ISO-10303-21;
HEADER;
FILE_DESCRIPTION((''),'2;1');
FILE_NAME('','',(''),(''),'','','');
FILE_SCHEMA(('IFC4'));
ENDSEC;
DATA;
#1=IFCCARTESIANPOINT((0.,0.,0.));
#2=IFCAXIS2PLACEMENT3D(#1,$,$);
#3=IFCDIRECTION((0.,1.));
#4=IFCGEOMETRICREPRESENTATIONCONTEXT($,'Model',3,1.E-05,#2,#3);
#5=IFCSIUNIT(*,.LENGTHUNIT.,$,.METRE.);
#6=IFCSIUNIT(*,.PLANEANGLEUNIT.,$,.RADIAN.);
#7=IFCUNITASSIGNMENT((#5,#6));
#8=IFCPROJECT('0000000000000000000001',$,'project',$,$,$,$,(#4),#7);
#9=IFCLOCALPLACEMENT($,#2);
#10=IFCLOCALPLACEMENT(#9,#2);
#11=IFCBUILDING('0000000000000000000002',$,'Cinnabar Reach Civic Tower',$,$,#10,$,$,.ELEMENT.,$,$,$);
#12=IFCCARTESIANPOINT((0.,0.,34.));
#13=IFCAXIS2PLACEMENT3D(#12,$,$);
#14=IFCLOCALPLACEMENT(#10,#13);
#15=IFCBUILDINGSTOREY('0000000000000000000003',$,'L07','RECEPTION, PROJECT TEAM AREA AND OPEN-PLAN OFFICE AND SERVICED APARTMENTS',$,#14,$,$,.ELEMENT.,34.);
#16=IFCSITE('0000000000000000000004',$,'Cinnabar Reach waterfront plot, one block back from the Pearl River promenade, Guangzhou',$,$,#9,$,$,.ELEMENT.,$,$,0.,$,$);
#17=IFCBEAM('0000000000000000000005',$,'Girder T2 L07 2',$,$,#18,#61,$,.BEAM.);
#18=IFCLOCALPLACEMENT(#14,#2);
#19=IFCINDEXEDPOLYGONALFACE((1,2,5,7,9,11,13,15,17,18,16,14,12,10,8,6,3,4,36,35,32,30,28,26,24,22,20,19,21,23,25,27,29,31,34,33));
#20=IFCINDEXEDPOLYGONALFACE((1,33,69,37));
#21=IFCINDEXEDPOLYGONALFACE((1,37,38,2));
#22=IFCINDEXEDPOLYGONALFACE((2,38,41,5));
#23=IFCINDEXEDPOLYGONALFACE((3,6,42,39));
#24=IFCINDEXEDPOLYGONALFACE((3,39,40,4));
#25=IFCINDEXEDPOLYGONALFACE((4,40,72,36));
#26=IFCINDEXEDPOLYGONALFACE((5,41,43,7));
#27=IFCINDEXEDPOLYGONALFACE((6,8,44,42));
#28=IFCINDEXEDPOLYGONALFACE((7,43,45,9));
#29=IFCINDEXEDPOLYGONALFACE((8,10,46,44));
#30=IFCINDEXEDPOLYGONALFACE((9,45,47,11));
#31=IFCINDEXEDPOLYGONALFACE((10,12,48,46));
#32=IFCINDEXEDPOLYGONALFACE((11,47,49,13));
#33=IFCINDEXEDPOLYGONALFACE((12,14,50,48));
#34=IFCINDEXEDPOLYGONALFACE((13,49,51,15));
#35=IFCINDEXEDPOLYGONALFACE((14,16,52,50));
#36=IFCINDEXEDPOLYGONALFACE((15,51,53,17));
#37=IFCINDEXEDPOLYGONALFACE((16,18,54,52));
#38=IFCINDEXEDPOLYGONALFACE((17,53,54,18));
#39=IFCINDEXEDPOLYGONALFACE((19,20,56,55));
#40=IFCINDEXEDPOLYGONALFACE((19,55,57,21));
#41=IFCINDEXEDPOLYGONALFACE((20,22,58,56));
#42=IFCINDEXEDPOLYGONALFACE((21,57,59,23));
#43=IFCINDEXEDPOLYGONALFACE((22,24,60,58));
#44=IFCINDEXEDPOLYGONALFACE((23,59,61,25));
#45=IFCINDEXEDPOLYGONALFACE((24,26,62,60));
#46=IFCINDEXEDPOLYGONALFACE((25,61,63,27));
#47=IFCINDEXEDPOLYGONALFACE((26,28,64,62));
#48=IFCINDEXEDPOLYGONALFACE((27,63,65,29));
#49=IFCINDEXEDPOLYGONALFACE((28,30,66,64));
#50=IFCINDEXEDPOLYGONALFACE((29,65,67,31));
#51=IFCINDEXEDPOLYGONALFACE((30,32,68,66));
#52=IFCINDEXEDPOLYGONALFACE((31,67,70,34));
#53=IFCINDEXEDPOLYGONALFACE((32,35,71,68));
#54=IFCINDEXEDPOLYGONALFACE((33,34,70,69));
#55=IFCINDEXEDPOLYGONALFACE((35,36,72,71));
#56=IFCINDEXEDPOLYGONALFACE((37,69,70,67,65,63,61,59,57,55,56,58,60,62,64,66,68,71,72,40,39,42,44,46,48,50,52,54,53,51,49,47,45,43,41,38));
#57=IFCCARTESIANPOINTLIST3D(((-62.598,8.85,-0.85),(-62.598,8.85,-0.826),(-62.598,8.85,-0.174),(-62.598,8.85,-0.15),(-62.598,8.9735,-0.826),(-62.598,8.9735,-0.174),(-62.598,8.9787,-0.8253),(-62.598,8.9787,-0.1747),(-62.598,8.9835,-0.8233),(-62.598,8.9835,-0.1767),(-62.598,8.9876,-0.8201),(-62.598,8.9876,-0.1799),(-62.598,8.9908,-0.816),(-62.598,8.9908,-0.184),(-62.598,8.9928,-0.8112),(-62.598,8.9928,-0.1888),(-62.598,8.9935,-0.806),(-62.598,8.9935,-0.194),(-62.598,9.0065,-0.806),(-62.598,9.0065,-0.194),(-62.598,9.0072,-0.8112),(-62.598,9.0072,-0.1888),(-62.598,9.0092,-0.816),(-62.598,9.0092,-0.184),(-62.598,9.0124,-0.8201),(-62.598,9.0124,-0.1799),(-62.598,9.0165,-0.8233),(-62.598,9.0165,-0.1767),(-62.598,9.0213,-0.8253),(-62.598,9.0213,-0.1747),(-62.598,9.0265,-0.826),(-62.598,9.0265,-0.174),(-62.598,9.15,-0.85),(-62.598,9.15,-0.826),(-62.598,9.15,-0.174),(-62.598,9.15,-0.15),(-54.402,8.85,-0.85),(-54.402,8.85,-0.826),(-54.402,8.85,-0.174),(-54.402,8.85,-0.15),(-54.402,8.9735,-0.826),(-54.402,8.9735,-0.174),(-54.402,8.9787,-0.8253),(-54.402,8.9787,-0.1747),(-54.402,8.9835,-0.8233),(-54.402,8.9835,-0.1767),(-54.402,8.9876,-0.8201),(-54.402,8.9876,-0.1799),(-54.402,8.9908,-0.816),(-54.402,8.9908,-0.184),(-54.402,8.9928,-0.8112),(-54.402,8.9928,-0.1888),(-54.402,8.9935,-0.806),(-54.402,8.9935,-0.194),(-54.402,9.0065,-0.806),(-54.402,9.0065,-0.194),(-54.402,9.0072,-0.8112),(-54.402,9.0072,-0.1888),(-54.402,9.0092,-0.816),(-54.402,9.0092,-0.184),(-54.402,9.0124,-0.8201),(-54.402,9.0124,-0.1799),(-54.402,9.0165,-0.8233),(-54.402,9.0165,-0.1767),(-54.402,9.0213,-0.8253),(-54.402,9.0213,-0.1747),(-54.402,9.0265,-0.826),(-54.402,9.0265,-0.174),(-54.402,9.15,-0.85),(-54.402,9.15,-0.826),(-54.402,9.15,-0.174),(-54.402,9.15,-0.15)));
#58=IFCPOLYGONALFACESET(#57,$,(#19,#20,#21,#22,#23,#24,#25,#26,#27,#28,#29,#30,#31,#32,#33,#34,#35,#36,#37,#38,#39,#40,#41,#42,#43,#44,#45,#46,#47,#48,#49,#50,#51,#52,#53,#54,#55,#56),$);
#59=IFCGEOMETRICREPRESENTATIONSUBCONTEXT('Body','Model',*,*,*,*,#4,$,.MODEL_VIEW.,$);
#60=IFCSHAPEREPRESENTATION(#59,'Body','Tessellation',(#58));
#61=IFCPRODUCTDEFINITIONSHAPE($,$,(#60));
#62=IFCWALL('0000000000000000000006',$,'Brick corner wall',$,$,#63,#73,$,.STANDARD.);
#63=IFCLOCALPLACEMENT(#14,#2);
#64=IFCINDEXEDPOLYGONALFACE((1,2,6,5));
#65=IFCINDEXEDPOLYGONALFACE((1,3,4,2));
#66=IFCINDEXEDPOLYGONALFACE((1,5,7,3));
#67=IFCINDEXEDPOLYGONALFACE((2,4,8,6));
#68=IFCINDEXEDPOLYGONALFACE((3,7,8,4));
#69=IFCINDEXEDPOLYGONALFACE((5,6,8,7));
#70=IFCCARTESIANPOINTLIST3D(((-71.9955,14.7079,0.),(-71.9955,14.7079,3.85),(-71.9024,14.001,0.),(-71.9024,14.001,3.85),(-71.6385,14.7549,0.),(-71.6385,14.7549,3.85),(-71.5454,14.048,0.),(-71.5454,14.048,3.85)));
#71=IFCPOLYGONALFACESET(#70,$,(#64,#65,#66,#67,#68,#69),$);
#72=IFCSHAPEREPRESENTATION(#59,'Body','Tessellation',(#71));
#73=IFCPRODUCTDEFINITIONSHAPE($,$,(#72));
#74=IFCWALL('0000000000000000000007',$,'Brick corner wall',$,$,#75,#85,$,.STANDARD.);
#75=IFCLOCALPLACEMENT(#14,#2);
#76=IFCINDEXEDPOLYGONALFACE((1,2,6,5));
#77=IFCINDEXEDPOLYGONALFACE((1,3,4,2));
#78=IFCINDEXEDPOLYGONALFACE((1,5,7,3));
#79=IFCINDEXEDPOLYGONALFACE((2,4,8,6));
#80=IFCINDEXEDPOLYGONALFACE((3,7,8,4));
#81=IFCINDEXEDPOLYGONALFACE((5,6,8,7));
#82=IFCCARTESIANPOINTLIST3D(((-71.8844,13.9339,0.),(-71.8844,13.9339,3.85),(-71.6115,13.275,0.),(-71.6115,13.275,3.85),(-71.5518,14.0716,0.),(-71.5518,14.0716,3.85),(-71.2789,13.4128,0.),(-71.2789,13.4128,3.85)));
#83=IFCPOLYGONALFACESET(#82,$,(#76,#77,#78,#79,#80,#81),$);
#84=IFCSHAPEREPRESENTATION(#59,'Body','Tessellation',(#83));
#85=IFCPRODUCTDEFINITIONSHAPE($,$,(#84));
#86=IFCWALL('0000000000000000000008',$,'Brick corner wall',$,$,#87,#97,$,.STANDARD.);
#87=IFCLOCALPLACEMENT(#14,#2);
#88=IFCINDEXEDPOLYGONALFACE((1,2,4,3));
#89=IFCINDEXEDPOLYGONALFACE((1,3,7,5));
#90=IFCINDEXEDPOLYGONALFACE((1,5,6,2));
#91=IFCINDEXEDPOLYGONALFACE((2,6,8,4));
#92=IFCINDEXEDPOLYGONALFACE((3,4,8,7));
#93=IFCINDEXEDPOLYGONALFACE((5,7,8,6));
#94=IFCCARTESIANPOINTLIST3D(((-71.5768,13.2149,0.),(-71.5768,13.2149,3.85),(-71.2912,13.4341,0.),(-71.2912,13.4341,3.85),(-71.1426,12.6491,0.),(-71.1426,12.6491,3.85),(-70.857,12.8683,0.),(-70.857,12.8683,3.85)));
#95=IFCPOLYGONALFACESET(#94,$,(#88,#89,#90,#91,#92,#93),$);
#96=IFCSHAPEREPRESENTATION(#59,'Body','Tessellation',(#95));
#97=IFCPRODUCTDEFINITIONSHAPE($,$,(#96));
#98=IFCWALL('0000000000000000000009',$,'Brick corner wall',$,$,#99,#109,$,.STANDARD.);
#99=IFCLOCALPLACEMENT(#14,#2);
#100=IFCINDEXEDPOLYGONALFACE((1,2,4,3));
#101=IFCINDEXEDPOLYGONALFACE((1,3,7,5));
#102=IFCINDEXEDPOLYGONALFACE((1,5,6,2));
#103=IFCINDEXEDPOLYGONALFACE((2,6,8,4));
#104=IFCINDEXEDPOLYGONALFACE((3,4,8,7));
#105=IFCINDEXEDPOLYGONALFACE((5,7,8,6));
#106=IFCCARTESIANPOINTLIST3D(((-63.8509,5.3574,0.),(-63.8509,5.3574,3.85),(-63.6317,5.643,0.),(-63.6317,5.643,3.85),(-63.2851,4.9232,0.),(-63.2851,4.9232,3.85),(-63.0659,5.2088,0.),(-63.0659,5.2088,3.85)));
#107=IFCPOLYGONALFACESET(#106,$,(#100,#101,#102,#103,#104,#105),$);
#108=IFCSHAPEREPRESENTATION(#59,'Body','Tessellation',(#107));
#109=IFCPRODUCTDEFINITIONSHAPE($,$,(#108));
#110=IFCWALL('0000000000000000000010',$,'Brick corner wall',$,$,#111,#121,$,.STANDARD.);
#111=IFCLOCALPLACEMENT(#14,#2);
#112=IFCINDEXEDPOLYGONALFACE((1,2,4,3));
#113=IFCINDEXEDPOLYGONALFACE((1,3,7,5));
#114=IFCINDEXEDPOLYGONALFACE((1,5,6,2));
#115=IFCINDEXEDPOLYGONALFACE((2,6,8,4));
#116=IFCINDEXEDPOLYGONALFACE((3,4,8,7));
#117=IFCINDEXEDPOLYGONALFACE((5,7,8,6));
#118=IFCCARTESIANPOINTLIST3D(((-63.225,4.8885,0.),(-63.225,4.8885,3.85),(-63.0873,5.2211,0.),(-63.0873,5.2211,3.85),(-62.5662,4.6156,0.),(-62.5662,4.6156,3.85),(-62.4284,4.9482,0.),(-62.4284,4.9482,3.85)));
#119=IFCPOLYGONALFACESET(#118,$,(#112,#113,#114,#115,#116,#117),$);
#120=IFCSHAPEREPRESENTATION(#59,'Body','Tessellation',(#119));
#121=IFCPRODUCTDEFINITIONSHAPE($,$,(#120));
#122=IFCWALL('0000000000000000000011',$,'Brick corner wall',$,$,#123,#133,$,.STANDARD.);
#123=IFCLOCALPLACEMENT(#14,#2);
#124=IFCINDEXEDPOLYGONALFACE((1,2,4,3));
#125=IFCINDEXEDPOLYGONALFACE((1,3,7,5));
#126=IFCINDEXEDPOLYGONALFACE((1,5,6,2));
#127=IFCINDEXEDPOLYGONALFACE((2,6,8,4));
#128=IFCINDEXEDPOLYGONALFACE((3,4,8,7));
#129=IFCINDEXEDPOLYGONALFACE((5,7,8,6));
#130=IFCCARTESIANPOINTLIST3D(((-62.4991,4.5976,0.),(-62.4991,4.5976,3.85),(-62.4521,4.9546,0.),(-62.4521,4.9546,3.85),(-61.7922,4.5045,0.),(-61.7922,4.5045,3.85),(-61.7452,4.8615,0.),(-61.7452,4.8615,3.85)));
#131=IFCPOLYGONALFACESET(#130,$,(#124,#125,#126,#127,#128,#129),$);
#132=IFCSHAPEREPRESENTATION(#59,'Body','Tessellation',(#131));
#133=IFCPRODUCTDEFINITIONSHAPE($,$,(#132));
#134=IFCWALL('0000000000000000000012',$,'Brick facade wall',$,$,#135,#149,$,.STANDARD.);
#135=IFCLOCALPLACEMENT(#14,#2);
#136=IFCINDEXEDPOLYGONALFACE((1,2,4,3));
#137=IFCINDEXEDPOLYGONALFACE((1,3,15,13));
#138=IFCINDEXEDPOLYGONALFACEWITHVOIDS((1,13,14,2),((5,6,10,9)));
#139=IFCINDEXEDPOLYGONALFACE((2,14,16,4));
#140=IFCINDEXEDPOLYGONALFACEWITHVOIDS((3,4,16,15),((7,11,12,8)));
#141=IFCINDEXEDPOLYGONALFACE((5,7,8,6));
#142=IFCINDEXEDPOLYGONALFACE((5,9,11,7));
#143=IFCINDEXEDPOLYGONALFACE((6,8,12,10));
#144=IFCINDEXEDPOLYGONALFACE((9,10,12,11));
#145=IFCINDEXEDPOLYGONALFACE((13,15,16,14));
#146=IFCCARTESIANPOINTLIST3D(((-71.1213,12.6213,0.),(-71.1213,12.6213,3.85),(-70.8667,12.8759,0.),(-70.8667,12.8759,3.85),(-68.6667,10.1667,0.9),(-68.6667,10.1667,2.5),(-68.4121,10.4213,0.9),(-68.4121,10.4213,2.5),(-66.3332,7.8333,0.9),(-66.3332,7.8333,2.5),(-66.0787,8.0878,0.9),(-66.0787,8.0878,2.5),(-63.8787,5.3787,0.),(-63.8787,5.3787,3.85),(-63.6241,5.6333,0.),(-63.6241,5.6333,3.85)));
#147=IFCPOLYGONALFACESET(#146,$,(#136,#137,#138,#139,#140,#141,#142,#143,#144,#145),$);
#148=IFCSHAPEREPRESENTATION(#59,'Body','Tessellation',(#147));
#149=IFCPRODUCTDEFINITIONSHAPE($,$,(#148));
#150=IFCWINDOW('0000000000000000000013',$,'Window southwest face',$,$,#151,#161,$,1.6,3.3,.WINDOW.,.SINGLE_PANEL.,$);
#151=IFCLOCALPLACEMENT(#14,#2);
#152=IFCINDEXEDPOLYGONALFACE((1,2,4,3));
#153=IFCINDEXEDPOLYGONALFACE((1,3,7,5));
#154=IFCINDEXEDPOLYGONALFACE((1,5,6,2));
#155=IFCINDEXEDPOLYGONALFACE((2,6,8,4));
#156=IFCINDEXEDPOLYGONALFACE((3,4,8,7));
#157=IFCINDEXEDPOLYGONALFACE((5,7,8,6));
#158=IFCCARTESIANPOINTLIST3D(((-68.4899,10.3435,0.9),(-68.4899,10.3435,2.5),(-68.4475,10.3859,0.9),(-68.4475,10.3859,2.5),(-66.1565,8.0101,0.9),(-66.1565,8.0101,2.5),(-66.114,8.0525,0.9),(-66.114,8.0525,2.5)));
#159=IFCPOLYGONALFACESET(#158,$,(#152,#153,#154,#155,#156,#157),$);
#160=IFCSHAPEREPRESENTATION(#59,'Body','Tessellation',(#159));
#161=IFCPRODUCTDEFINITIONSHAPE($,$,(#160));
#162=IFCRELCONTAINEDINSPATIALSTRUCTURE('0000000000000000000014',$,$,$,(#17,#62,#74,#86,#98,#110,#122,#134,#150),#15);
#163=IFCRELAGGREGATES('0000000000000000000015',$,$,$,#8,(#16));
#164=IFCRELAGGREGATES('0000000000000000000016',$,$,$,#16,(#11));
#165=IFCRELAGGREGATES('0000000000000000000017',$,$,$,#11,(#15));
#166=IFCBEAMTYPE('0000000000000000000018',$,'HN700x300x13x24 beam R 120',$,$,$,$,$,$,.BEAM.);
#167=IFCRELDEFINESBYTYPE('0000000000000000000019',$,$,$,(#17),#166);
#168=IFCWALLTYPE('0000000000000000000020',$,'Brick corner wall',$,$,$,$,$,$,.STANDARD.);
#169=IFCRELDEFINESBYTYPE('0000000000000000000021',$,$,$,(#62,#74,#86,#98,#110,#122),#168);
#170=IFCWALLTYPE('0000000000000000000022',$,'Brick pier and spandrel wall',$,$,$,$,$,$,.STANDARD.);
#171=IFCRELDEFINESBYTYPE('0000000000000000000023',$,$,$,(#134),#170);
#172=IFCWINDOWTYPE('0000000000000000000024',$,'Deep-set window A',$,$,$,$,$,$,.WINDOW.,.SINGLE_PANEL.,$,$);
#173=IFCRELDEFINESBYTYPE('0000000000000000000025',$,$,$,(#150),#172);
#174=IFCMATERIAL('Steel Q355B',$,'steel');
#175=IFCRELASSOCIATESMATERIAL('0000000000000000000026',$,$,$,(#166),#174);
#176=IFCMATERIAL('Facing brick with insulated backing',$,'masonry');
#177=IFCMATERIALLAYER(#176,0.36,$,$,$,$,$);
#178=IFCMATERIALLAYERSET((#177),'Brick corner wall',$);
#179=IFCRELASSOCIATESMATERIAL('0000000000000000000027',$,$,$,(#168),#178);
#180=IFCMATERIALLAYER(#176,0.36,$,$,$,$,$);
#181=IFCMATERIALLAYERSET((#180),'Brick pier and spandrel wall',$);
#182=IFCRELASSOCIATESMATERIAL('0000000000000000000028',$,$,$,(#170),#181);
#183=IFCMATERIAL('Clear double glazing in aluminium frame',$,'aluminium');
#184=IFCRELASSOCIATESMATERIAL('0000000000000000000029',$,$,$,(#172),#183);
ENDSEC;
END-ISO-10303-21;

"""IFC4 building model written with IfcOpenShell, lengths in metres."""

from ifc_helpers import new_model, si_unit, direction, frame, frame_2d, origin, origin_2d, place, context, subcontext, project, spatial, rectangle, i_section, extrude, material, layer, layer_set, material_profile, profile_set, type_object, element, fill, save


model = new_model("IFC4")

# Units and contexts
model_context = context("Model", 3, precision=1e-05, world=origin(), true_north=direction((0.0, 1.0)))
body_context = subcontext(model_context, "Body", "Model", "MODEL_VIEW")
ifc_project = project(units=[si_unit("LENGTHUNIT", "METRE"), si_unit("PLANEANGLEUNIT", "RADIAN")], contexts=[model_context])

# Site, building, storey
site_placement = place(None, origin())
site = spatial("IfcSite", under=ifc_project, at=site_placement, Name="Cinnabar Reach waterfront plot, one block back from the Pearl River promenade, Guangzhou", CompositionType="ELEMENT", RefElevation=0.0)
building_placement = place(site_placement, origin())
building = spatial("IfcBuilding", under=site, at=building_placement, Name="Cinnabar Reach Civic Tower", CompositionType="ELEMENT")
storey_placement = place(building_placement, frame((0.0, 0.0, 34.0)))
storey = spatial("IfcBuildingStorey", under=building, at=storey_placement, Name="L07", Description="RECEPTION, PROJECT TEAM AREA AND OPEN-PLAN OFFICE AND SERVICED APARTMENTS", CompositionType="ELEMENT", Elevation=34.0)

# Beam
ifc_material_1 = material(Name="Steel Q355B", Category="steel")
ifc_material_profile_1 = material_profile(ifc_material_1, i_section(OverallWidth=0.3, OverallDepth=0.7, WebThickness=0.013, FlangeThickness=0.024, FilletRadius=0.02, at=origin_2d()), Name="HN700x300x13x24")
ifc_profile_set_1 = profile_set([ifc_material_profile_1], Name="Steel Q355B")
beam_type_1 = type_object("IfcBeamType", Name="HN700x300x13x24 beam R 120", PredefinedType="BEAM", material=ifc_profile_set_1)
beam_1_placement = place(storey_placement, frame((-62.598, 9.0, -0.5), z_axis=(1.0, 0.0, 0.0), x_axis=(0.0, 1.0, 0.0)))
element("IfcBeam", 1, at=beam_1_placement, inside=storey, type_object=beam_type_1, Name="Girder T2 L07 2", PredefinedType="BEAM", context=body_context, shape_type="SweptSolid", body=[
    extrude(i_section(OverallWidth=0.3, OverallDepth=0.7, WebThickness=0.013, FlangeThickness=0.024, FilletRadius=0.02, at=origin_2d()), origin(), (0.0, 0.0, 1.0), 8.196),
])

# Walls
ifc_material_2 = material(Name="Facing brick with insulated backing", Category="masonry")
ifc_layer_1 = layer(ifc_material_2, 0.36)
ifc_layer_set_1 = layer_set([ifc_layer_1], Name="Brick corner wall")
wall_type_1 = type_object("IfcWallType", Name="Brick corner wall", PredefinedType="STANDARD", material=ifc_layer_set_1)
for number, where, z_axis, x_axis, name in (
    (2, (-71.817, 14.7314, 0.0), (0.0, 0.0, 1.0), (0.130556, -0.991441, 0.0), "Brick corner wall"),
    (3, (-71.7181, 14.0027, 0.0), (0.0, 0.0, 1.0), (0.382703, -0.923872, 0.0), "Brick corner wall"),
):
    element("IfcWall", number, at=place(storey_placement, frame(where, z_axis=z_axis, x_axis=x_axis)), inside=storey, type_object=wall_type_1, Name=name, PredefinedType="STANDARD", context=body_context, shape_type="SweptSolid", body=[
        extrude(rectangle(XDim=0.7131, YDim=0.36, at=frame_2d((0.3565, 0.0))), origin(), (0.0, 0.0, 1.0), 3.85),
    ])
for number, where, z_axis, x_axis, name in (
    (4, (-71.434, 13.3245, 0.0), (0.0, 0.0, 1.0), (0.608802, -0.793322, 0.0), "Brick corner wall"),
    (5, (-63.7413, 5.5002, 0.0), (0.0, 0.0, 1.0), (0.793322, -0.608802, 0.0), "Brick corner wall"),
):
    element("IfcWall", number, at=place(storey_placement, frame(where, z_axis=z_axis, x_axis=x_axis)), inside=storey, type_object=wall_type_1, Name=name, PredefinedType="STANDARD", context=body_context, shape_type="SweptSolid", body=[
        extrude(rectangle(XDim=0.7132, YDim=0.36, at=frame_2d((0.3566, 0.0))), origin(), (0.0, 0.0, 1.0), 3.85),
    ])
for number, where, z_axis, x_axis, name in (
    (6, (-63.1561, 5.0548, 0.0), (0.0, 0.0, 1.0), (0.923872, -0.382703, 0.0), "Brick corner wall"),
    (7, (-62.4756, 4.7761, 0.0), (0.0, 0.0, 1.0), (0.991441, -0.130556, 0.0), "Brick corner wall"),
):
    element("IfcWall", number, at=place(storey_placement, frame(where, z_axis=z_axis, x_axis=x_axis)), inside=storey, type_object=wall_type_1, Name=name, PredefinedType="STANDARD", context=body_context, shape_type="SweptSolid", body=[
        extrude(rectangle(XDim=0.7131, YDim=0.36, at=frame_2d((0.3565, 0.0))), origin(), (0.0, 0.0, 1.0), 3.85),
    ])

# Wall, opening, window
ifc_layer_2 = layer(ifc_material_2, 0.36)
ifc_layer_set_2 = layer_set([ifc_layer_2], Name="Brick pier and spandrel wall")
wall_type_2 = type_object("IfcWallType", Name="Brick pier and spandrel wall", PredefinedType="STANDARD", material=ifc_layer_set_2)
wall_placement = place(storey_placement, frame((-70.994, 12.7486, 0.0), z_axis=(0.0, 0.0, 1.0), x_axis=(0.707107, -0.707107, 0.0)))
wall = element("IfcWall", 8, at=wall_placement, inside=storey, type_object=wall_type_2, Name="Brick facade wall", PredefinedType="STANDARD", context=body_context, shape_type="SweptSolid", body=[
    extrude(rectangle(XDim=10.2426, YDim=0.36, at=frame_2d((5.1213, 0.0))), origin(), (0.0, 0.0, 1.0), 3.85),
])
opening_placement = place(wall_placement, frame((3.4713, 0.0, 0.9)))
opening = element("IfcOpeningElement", 9, at=opening_placement, cuts=wall, PredefinedType="OPENING", context=body_context, shape_type="SweptSolid", body=[
    extrude(rectangle(XDim=3.3, YDim=1.6, at=frame_2d((1.65, 0.8))), frame((0.0, 0.19, 0.0), z_axis=(0.0, -1.0, 0.0), x_axis=(1.0, 0.0, 0.0)), (0.0, 0.0, 1.0), 0.38),
])
ifc_material_3 = material(Name="Clear double glazing in aluminium frame", Category="aluminium")
window_type = type_object("IfcWindowType", Name="Deep-set window A", PartitioningType="SINGLE_PANEL", PredefinedType="WINDOW", material=ifc_material_3)
window_placement = place(opening_placement, origin())
window = element("IfcWindow", 10, at=window_placement, inside=storey, type_object=window_type, Name="Window southwest face", OverallHeight=1.6, OverallWidth=3.3, PartitioningType="SINGLE_PANEL", PredefinedType="WINDOW", context=body_context, shape_type="SweptSolid", body=[
    extrude(rectangle(XDim=3.3, YDim=1.6, at=frame_2d((1.65, 0.8))), frame((0.0, 0.13, 0.0), z_axis=(0.0, -1.0, 0.0), x_axis=(1.0, 0.0, 0.0)), (0.0, 0.0, 1.0), 0.06),
])
fill(opening, window)

save(model, "model.ifc")
